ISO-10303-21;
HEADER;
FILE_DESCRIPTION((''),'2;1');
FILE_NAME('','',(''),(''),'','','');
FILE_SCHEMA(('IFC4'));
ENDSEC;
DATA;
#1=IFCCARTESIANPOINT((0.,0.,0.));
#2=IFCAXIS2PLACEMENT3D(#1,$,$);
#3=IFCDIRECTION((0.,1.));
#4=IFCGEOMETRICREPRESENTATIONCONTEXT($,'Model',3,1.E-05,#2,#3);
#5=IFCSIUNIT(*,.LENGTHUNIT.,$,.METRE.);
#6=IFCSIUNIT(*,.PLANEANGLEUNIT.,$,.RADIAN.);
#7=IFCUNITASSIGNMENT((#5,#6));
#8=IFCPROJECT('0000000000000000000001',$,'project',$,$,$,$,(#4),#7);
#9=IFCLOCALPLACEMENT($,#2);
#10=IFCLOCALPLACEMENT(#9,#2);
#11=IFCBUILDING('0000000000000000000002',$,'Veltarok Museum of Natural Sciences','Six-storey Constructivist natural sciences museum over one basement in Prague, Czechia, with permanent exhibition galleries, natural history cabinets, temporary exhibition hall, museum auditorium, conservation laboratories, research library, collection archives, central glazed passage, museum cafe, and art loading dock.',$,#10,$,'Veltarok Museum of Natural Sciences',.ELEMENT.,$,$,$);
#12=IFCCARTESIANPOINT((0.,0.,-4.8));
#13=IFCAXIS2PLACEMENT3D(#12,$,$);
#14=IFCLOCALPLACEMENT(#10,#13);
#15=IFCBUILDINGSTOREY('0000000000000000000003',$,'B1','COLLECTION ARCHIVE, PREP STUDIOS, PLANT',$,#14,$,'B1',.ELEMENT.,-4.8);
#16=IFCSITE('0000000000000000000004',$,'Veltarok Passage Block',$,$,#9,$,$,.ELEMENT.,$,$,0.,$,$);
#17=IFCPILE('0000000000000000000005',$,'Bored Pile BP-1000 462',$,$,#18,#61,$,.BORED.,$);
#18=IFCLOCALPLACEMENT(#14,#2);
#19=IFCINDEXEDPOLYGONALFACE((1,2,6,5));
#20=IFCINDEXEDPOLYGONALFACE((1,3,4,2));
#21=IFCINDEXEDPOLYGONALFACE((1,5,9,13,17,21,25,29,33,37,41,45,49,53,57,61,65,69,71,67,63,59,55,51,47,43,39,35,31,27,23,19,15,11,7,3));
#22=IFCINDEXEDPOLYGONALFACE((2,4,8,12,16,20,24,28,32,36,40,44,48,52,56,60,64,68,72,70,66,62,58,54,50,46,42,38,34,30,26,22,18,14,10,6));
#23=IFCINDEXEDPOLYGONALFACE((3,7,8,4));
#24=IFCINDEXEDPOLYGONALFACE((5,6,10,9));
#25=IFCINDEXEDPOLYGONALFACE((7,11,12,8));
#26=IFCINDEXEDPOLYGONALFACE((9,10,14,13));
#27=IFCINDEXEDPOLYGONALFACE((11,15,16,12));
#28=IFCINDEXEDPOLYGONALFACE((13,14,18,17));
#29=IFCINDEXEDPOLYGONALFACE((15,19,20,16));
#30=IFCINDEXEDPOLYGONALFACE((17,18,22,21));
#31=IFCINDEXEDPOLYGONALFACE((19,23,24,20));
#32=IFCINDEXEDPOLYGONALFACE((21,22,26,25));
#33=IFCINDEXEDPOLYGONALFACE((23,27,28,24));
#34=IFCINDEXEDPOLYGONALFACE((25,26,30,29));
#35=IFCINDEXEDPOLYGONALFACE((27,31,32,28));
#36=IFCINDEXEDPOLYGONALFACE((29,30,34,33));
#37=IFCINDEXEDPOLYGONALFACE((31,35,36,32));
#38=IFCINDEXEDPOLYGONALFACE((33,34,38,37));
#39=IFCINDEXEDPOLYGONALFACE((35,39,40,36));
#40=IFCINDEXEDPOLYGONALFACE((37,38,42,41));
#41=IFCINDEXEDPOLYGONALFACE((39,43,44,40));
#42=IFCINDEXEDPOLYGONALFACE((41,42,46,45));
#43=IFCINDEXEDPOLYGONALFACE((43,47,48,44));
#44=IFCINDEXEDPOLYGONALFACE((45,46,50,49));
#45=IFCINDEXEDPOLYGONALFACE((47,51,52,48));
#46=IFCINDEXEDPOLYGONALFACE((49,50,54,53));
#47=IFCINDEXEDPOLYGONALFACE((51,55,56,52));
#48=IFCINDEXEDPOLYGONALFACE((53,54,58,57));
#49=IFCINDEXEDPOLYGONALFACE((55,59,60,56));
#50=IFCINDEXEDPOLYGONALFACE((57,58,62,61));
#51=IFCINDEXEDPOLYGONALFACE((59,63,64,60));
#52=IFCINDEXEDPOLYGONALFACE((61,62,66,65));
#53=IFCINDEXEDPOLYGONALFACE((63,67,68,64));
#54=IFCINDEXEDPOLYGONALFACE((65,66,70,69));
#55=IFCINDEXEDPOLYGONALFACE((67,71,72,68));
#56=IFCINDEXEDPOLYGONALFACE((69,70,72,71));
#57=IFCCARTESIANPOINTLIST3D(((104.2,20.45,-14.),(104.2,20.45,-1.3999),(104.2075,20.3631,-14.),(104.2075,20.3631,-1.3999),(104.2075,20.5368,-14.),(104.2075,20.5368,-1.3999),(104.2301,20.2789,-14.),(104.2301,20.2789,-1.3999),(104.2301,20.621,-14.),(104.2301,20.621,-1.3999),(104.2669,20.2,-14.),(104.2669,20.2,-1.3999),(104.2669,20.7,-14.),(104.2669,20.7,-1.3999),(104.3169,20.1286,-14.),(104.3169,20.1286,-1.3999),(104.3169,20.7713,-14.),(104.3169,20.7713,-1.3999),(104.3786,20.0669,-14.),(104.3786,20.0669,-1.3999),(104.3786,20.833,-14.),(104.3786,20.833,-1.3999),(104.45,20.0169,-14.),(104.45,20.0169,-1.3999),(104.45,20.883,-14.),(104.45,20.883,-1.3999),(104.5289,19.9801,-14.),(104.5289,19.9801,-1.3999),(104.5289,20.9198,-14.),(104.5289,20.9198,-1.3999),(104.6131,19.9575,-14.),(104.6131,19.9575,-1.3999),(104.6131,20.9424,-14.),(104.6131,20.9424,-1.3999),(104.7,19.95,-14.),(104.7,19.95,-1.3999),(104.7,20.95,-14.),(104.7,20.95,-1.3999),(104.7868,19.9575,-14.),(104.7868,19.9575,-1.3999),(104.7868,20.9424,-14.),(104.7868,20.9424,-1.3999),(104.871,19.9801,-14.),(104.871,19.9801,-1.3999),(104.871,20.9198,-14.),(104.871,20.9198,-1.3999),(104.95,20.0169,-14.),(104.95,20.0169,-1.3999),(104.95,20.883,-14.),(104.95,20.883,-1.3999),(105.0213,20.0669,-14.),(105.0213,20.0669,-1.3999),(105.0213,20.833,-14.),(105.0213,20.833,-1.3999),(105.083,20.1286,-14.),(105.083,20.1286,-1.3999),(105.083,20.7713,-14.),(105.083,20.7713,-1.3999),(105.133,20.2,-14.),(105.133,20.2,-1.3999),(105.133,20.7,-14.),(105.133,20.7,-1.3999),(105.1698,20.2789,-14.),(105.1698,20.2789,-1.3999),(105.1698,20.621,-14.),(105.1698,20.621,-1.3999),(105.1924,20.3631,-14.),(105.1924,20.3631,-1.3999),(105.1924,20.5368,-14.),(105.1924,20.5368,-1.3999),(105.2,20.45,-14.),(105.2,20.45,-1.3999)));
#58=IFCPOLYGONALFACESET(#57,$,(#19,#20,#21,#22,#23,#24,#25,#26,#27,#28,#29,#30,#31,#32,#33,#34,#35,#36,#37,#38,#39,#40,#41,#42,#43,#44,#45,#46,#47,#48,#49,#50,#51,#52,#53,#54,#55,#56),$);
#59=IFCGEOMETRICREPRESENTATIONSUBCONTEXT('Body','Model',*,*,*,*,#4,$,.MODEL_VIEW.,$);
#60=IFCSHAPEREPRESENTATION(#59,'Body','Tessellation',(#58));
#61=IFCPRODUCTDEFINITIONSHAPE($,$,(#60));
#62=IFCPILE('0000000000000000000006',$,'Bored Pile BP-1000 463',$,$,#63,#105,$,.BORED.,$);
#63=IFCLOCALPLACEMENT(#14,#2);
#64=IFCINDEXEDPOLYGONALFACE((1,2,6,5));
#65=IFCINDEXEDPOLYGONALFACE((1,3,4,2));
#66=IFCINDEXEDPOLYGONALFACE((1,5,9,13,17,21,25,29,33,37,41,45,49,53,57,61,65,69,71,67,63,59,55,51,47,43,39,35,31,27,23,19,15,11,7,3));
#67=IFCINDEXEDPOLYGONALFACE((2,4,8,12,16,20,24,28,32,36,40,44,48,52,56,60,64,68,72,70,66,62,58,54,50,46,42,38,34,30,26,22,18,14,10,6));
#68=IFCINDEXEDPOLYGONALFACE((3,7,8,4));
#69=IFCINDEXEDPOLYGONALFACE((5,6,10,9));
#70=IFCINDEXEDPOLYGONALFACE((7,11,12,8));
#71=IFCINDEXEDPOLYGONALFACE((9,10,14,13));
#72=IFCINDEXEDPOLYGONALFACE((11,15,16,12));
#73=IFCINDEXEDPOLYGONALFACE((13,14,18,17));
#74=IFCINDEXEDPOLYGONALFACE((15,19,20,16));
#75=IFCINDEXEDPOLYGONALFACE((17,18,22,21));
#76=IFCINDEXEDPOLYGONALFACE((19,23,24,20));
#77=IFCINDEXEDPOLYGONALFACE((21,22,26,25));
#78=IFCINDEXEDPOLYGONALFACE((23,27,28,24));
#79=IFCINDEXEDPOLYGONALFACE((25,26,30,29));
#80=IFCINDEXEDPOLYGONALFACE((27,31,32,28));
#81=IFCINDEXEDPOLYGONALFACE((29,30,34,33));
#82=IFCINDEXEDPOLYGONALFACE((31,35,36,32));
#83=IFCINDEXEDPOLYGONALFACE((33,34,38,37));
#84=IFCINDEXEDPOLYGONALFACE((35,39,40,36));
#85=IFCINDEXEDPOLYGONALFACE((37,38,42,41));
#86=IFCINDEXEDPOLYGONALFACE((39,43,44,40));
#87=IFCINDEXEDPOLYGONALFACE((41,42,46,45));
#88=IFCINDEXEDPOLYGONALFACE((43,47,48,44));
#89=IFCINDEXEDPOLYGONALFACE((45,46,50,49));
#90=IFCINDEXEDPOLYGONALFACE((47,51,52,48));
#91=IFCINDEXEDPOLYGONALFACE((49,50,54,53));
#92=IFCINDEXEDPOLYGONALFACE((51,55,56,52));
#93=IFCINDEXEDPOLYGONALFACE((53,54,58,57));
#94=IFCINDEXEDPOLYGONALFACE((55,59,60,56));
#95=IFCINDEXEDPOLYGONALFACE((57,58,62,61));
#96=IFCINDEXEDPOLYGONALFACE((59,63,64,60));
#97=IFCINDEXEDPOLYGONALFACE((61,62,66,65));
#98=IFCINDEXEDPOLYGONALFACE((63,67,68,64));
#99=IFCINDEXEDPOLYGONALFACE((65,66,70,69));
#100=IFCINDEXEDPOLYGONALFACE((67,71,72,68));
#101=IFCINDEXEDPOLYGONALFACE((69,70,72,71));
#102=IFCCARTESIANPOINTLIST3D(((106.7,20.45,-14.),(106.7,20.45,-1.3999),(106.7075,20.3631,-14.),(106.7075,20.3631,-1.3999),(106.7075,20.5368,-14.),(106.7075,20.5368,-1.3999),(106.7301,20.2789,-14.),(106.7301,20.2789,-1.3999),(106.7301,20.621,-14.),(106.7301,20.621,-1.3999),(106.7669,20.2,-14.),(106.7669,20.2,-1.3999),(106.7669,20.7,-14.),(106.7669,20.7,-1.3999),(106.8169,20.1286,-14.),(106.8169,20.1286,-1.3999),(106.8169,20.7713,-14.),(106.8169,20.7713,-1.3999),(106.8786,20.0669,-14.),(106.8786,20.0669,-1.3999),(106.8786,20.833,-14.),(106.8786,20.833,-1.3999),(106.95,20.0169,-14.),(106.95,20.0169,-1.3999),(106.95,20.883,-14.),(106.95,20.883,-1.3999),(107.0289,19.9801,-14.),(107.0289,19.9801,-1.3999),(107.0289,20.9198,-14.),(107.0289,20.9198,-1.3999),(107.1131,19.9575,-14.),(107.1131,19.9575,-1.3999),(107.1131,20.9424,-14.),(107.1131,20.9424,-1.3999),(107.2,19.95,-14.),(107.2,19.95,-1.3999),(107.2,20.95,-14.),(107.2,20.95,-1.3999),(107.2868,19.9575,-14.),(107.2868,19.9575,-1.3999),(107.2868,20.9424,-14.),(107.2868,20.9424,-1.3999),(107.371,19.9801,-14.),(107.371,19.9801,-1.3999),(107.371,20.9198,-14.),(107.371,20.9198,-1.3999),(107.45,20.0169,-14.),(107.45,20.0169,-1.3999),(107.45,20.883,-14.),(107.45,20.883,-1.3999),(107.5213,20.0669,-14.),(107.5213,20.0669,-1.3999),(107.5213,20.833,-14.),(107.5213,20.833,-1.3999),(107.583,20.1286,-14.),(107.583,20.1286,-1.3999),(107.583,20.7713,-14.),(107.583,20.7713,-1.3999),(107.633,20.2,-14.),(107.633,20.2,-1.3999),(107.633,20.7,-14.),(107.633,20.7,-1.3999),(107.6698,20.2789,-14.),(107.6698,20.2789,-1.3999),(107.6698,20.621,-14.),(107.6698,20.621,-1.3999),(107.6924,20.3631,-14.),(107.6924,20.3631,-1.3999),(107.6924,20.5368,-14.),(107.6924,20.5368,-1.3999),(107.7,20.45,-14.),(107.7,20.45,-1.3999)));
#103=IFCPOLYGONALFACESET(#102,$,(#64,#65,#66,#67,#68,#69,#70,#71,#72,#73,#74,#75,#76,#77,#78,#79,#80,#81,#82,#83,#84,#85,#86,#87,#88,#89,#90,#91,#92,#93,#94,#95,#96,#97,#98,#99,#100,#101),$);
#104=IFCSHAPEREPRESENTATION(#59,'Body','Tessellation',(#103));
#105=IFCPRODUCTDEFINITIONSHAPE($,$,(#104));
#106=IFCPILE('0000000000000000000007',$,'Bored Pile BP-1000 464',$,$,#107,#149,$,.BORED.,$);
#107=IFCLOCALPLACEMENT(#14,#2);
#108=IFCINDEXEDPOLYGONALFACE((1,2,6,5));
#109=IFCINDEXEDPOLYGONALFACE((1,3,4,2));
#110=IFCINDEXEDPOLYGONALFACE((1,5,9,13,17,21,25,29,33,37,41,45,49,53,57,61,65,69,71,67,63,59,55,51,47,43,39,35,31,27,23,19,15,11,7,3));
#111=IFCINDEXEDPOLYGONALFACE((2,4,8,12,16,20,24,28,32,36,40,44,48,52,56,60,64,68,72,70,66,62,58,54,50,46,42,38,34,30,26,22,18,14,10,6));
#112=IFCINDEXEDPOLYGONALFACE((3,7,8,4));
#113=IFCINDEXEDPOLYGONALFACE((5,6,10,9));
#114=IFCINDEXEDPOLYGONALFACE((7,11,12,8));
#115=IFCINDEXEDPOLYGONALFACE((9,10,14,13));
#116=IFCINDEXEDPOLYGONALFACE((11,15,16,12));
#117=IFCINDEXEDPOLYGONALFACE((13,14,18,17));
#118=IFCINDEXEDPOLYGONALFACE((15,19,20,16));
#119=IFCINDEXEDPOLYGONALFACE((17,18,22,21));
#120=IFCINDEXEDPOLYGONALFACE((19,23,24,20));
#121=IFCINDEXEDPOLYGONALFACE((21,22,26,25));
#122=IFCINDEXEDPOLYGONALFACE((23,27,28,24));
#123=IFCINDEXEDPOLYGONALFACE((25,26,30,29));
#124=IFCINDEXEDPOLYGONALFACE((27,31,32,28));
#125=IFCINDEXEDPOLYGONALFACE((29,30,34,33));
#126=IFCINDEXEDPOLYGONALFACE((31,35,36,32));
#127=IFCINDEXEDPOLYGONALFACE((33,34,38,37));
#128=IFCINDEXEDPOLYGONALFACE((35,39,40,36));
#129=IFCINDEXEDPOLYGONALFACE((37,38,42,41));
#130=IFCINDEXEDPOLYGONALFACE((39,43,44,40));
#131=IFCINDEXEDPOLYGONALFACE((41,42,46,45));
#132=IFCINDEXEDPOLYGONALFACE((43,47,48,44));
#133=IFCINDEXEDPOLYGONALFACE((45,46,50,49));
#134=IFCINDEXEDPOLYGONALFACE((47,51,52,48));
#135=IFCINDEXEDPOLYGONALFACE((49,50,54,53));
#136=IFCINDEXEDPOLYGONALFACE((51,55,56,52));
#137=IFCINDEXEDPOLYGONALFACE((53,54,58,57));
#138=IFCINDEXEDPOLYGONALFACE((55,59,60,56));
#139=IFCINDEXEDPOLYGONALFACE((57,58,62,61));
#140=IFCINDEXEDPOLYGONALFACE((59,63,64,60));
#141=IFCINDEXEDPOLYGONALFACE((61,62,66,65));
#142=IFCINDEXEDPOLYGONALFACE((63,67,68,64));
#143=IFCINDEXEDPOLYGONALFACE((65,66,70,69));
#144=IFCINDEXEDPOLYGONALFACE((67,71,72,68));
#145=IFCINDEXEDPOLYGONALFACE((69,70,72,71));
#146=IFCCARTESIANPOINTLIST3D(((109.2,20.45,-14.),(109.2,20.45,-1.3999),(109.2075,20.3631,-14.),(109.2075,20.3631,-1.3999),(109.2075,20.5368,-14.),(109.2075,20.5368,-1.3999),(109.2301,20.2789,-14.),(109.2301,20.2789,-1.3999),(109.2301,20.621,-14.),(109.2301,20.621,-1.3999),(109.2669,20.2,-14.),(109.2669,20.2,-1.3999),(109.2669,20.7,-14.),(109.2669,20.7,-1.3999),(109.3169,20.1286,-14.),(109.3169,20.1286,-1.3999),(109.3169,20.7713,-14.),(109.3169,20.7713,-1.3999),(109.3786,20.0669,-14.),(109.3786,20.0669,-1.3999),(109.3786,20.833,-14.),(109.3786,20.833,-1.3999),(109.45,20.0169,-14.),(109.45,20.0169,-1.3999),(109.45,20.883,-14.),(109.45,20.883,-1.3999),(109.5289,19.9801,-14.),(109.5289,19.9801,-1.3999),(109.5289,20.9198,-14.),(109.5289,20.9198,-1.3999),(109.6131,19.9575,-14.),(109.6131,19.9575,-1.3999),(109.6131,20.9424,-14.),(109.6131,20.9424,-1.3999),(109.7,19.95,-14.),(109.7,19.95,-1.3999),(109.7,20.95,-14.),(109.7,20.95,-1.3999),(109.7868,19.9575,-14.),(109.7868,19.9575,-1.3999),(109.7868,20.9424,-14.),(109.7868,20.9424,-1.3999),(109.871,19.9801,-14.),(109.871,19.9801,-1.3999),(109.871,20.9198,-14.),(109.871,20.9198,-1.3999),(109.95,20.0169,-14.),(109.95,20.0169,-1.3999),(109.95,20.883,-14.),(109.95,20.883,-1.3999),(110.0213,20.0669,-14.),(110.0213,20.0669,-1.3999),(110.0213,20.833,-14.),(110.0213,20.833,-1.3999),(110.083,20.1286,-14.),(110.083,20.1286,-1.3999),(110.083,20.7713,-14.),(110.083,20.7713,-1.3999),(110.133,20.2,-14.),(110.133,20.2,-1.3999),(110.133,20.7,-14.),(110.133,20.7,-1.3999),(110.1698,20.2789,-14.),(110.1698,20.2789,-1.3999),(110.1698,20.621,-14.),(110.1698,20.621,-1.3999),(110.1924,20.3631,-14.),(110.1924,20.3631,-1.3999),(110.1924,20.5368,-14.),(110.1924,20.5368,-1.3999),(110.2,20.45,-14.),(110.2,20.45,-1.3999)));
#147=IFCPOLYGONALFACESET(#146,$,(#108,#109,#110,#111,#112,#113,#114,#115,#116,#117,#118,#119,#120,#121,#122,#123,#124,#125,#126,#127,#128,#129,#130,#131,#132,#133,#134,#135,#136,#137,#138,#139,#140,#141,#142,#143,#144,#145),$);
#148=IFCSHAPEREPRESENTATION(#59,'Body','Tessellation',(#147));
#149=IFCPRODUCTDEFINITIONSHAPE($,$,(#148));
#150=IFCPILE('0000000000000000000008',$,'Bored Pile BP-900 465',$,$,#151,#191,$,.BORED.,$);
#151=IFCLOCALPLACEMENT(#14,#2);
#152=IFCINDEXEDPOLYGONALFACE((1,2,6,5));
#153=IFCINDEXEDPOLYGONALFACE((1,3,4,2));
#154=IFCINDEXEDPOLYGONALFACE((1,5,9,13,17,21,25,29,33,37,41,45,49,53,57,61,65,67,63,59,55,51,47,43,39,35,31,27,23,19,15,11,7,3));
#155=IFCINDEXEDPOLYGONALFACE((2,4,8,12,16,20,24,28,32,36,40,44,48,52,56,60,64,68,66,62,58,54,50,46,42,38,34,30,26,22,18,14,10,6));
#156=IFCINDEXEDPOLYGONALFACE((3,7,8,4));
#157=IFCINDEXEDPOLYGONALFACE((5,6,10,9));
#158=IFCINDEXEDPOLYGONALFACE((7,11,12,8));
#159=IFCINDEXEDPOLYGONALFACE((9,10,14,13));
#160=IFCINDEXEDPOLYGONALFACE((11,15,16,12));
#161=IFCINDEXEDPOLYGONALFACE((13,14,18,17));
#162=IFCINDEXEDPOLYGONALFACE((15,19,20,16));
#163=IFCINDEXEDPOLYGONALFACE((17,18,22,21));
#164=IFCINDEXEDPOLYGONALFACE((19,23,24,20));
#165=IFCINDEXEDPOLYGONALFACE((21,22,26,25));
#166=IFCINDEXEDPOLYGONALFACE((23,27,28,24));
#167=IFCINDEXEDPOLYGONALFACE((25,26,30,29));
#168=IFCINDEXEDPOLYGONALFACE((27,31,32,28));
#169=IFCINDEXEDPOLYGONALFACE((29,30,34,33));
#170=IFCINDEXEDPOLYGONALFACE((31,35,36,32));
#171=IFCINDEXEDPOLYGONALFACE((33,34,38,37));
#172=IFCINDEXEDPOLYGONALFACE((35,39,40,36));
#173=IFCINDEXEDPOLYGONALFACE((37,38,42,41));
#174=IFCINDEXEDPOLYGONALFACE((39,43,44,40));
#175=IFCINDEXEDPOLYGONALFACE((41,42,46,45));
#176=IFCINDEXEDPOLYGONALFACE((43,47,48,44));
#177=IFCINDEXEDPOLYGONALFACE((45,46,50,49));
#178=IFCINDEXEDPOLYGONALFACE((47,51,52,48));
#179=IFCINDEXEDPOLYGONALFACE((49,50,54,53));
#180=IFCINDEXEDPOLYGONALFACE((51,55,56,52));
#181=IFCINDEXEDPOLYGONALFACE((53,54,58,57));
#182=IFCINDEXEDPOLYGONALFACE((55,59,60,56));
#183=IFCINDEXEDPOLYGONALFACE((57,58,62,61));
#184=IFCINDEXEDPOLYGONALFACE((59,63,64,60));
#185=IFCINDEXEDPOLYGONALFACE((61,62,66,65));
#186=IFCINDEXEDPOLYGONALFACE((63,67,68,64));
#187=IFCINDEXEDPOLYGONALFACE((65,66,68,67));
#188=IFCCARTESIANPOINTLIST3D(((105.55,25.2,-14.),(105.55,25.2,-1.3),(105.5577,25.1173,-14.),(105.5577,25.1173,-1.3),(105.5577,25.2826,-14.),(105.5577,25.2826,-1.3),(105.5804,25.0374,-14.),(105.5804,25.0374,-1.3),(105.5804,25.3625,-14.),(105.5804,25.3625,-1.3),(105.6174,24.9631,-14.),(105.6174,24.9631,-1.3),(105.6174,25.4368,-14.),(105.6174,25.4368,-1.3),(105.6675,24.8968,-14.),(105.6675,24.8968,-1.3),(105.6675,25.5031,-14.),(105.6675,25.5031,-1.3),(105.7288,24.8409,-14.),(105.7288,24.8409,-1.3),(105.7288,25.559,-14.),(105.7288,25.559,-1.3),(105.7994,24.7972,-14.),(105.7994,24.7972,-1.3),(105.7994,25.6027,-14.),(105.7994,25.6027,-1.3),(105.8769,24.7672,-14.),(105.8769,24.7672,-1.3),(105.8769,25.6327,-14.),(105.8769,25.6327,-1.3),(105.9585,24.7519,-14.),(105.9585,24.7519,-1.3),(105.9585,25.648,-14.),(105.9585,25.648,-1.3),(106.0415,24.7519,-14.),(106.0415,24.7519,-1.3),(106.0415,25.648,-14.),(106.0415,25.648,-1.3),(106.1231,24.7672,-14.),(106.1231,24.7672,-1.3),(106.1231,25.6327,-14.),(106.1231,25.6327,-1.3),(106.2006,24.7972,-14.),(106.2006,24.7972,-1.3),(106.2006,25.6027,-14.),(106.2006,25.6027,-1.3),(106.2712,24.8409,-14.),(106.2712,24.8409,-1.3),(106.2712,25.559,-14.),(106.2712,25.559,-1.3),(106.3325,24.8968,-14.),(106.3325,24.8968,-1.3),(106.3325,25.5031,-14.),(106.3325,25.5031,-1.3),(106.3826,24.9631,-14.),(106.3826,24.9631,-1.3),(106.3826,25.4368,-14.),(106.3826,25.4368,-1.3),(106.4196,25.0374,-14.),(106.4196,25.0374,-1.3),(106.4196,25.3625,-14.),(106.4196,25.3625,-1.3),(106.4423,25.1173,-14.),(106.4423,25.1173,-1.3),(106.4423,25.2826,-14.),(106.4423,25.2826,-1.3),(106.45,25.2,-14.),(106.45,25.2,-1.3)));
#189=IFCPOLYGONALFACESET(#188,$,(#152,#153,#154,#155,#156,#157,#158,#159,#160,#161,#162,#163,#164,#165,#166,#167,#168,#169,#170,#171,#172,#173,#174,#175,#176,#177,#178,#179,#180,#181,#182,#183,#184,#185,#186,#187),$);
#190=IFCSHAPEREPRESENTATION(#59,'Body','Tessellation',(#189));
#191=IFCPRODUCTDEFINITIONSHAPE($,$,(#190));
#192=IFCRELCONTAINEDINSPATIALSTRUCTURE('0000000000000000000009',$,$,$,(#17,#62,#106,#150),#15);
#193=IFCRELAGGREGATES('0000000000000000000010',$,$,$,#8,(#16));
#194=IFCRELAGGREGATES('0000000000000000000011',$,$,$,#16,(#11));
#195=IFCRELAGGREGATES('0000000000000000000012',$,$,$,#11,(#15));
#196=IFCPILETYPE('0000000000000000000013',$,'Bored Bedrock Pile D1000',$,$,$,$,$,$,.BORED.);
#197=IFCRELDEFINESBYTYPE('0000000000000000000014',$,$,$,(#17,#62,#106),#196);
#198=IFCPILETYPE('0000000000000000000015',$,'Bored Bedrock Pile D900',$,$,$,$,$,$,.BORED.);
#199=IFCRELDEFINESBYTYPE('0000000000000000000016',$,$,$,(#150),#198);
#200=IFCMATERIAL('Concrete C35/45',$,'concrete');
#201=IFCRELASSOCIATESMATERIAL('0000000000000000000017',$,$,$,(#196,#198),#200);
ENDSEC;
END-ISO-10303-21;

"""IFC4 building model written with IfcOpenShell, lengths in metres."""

from ifc_helpers import new_model, si_unit, direction, frame, origin, origin_2d, place, context, subcontext, project, spatial, circle, extrude, material, material_profile, profile_set, type_object, element, save


model = new_model("IFC4")

# Units and contexts
model_context = context("Model", 3, precision=1e-05, world=origin(), true_north=direction((0.0, 1.0)))
body_context = subcontext(model_context, "Body", "Model", "MODEL_VIEW")
ifc_project = project(units=[si_unit("LENGTHUNIT", "METRE"), si_unit("PLANEANGLEUNIT", "RADIAN")], contexts=[model_context])

# Site, building, storey
site_placement = place(None, origin())
site = spatial("IfcSite", under=ifc_project, at=site_placement, Name="Veltarok Passage Block", CompositionType="ELEMENT", RefElevation=0.0)
building_placement = place(site_placement, origin())
building = spatial("IfcBuilding", under=site, at=building_placement, Name="Veltarok Museum of Natural Sciences", Description="Six-storey Constructivist natural sciences museum over one basement in Prague, Czechia, with permanent exhibition galleries, natural history cabinets, temporary exhibition hall, museum auditorium, conservation laboratories, research library, collection archives, central glazed passage, museum cafe, and art loading dock.", LongName="Veltarok Museum of Natural Sciences", CompositionType="ELEMENT")
storey_placement = place(building_placement, frame((0.0, 0.0, -4.8)))
storey = spatial("IfcBuildingStorey", under=building, at=storey_placement, Name="B1", Description="COLLECTION ARCHIVE, PREP STUDIOS, PLANT", LongName="B1", CompositionType="ELEMENT", Elevation=-4.8)

# Piles
ifc_material_1 = material(Name="Concrete C35/45", Category="concrete")
ifc_material_profile_1 = material_profile(ifc_material_1, circle(Radius=0.5, at=origin_2d()), Name="BP D1000")
ifc_profile_set_1 = profile_set([ifc_material_profile_1], Name="Concrete C35/45")
pile_type_1 = type_object("IfcPileType", Name="Bored Bedrock Pile D1000", PredefinedType="BORED", material=ifc_profile_set_1)
for number, where, z_axis, x_axis, name in (
    (1, (104.7, 20.45, -1.3999), (0.0, 0.0, -1.0), (1.0, 0.0, 0.0), "Bored Pile BP-1000 462"),
    (2, (107.2, 20.45, -1.3999), (0.0, 0.0, -1.0), (1.0, 0.0, 0.0), "Bored Pile BP-1000 463"),
    (3, (109.7, 20.45, -1.3999), (0.0, 0.0, -1.0), (1.0, 0.0, 0.0), "Bored Pile BP-1000 464"),
):
    element("IfcPile", number, at=place(storey_placement, frame(where, z_axis=z_axis, x_axis=x_axis)), inside=storey, type_object=pile_type_1, Name=name, PredefinedType="BORED", context=body_context, shape_type="SweptSolid", body=[
        extrude(circle(Radius=0.5, at=origin_2d()), origin(), (0.0, 0.0, 1.0), 12.6001),
    ])
ifc_material_profile_2 = material_profile(ifc_material_1, circle(Radius=0.45, at=origin_2d()), Name="BP D900")
ifc_profile_set_2 = profile_set([ifc_material_profile_2], Name="Concrete C35/45")
pile_type_2 = type_object("IfcPileType", Name="Bored Bedrock Pile D900", PredefinedType="BORED", material=ifc_profile_set_2)
for number, where, z_axis, x_axis, name in (
    (4, (106.0, 25.2, -1.3), (0.0, 0.0, -1.0), (1.0, 0.0, 0.0), "Bored Pile BP-900 465"),
):
    element("IfcPile", number, at=place(storey_placement, frame(where, z_axis=z_axis, x_axis=x_axis)), inside=storey, type_object=pile_type_2, Name=name, PredefinedType="BORED", context=body_context, shape_type="SweptSolid", body=[
        extrude(circle(Radius=0.45, at=origin_2d()), origin(), (0.0, 0.0, 1.0), 12.7),
    ])

save(model, "model.ifc")
